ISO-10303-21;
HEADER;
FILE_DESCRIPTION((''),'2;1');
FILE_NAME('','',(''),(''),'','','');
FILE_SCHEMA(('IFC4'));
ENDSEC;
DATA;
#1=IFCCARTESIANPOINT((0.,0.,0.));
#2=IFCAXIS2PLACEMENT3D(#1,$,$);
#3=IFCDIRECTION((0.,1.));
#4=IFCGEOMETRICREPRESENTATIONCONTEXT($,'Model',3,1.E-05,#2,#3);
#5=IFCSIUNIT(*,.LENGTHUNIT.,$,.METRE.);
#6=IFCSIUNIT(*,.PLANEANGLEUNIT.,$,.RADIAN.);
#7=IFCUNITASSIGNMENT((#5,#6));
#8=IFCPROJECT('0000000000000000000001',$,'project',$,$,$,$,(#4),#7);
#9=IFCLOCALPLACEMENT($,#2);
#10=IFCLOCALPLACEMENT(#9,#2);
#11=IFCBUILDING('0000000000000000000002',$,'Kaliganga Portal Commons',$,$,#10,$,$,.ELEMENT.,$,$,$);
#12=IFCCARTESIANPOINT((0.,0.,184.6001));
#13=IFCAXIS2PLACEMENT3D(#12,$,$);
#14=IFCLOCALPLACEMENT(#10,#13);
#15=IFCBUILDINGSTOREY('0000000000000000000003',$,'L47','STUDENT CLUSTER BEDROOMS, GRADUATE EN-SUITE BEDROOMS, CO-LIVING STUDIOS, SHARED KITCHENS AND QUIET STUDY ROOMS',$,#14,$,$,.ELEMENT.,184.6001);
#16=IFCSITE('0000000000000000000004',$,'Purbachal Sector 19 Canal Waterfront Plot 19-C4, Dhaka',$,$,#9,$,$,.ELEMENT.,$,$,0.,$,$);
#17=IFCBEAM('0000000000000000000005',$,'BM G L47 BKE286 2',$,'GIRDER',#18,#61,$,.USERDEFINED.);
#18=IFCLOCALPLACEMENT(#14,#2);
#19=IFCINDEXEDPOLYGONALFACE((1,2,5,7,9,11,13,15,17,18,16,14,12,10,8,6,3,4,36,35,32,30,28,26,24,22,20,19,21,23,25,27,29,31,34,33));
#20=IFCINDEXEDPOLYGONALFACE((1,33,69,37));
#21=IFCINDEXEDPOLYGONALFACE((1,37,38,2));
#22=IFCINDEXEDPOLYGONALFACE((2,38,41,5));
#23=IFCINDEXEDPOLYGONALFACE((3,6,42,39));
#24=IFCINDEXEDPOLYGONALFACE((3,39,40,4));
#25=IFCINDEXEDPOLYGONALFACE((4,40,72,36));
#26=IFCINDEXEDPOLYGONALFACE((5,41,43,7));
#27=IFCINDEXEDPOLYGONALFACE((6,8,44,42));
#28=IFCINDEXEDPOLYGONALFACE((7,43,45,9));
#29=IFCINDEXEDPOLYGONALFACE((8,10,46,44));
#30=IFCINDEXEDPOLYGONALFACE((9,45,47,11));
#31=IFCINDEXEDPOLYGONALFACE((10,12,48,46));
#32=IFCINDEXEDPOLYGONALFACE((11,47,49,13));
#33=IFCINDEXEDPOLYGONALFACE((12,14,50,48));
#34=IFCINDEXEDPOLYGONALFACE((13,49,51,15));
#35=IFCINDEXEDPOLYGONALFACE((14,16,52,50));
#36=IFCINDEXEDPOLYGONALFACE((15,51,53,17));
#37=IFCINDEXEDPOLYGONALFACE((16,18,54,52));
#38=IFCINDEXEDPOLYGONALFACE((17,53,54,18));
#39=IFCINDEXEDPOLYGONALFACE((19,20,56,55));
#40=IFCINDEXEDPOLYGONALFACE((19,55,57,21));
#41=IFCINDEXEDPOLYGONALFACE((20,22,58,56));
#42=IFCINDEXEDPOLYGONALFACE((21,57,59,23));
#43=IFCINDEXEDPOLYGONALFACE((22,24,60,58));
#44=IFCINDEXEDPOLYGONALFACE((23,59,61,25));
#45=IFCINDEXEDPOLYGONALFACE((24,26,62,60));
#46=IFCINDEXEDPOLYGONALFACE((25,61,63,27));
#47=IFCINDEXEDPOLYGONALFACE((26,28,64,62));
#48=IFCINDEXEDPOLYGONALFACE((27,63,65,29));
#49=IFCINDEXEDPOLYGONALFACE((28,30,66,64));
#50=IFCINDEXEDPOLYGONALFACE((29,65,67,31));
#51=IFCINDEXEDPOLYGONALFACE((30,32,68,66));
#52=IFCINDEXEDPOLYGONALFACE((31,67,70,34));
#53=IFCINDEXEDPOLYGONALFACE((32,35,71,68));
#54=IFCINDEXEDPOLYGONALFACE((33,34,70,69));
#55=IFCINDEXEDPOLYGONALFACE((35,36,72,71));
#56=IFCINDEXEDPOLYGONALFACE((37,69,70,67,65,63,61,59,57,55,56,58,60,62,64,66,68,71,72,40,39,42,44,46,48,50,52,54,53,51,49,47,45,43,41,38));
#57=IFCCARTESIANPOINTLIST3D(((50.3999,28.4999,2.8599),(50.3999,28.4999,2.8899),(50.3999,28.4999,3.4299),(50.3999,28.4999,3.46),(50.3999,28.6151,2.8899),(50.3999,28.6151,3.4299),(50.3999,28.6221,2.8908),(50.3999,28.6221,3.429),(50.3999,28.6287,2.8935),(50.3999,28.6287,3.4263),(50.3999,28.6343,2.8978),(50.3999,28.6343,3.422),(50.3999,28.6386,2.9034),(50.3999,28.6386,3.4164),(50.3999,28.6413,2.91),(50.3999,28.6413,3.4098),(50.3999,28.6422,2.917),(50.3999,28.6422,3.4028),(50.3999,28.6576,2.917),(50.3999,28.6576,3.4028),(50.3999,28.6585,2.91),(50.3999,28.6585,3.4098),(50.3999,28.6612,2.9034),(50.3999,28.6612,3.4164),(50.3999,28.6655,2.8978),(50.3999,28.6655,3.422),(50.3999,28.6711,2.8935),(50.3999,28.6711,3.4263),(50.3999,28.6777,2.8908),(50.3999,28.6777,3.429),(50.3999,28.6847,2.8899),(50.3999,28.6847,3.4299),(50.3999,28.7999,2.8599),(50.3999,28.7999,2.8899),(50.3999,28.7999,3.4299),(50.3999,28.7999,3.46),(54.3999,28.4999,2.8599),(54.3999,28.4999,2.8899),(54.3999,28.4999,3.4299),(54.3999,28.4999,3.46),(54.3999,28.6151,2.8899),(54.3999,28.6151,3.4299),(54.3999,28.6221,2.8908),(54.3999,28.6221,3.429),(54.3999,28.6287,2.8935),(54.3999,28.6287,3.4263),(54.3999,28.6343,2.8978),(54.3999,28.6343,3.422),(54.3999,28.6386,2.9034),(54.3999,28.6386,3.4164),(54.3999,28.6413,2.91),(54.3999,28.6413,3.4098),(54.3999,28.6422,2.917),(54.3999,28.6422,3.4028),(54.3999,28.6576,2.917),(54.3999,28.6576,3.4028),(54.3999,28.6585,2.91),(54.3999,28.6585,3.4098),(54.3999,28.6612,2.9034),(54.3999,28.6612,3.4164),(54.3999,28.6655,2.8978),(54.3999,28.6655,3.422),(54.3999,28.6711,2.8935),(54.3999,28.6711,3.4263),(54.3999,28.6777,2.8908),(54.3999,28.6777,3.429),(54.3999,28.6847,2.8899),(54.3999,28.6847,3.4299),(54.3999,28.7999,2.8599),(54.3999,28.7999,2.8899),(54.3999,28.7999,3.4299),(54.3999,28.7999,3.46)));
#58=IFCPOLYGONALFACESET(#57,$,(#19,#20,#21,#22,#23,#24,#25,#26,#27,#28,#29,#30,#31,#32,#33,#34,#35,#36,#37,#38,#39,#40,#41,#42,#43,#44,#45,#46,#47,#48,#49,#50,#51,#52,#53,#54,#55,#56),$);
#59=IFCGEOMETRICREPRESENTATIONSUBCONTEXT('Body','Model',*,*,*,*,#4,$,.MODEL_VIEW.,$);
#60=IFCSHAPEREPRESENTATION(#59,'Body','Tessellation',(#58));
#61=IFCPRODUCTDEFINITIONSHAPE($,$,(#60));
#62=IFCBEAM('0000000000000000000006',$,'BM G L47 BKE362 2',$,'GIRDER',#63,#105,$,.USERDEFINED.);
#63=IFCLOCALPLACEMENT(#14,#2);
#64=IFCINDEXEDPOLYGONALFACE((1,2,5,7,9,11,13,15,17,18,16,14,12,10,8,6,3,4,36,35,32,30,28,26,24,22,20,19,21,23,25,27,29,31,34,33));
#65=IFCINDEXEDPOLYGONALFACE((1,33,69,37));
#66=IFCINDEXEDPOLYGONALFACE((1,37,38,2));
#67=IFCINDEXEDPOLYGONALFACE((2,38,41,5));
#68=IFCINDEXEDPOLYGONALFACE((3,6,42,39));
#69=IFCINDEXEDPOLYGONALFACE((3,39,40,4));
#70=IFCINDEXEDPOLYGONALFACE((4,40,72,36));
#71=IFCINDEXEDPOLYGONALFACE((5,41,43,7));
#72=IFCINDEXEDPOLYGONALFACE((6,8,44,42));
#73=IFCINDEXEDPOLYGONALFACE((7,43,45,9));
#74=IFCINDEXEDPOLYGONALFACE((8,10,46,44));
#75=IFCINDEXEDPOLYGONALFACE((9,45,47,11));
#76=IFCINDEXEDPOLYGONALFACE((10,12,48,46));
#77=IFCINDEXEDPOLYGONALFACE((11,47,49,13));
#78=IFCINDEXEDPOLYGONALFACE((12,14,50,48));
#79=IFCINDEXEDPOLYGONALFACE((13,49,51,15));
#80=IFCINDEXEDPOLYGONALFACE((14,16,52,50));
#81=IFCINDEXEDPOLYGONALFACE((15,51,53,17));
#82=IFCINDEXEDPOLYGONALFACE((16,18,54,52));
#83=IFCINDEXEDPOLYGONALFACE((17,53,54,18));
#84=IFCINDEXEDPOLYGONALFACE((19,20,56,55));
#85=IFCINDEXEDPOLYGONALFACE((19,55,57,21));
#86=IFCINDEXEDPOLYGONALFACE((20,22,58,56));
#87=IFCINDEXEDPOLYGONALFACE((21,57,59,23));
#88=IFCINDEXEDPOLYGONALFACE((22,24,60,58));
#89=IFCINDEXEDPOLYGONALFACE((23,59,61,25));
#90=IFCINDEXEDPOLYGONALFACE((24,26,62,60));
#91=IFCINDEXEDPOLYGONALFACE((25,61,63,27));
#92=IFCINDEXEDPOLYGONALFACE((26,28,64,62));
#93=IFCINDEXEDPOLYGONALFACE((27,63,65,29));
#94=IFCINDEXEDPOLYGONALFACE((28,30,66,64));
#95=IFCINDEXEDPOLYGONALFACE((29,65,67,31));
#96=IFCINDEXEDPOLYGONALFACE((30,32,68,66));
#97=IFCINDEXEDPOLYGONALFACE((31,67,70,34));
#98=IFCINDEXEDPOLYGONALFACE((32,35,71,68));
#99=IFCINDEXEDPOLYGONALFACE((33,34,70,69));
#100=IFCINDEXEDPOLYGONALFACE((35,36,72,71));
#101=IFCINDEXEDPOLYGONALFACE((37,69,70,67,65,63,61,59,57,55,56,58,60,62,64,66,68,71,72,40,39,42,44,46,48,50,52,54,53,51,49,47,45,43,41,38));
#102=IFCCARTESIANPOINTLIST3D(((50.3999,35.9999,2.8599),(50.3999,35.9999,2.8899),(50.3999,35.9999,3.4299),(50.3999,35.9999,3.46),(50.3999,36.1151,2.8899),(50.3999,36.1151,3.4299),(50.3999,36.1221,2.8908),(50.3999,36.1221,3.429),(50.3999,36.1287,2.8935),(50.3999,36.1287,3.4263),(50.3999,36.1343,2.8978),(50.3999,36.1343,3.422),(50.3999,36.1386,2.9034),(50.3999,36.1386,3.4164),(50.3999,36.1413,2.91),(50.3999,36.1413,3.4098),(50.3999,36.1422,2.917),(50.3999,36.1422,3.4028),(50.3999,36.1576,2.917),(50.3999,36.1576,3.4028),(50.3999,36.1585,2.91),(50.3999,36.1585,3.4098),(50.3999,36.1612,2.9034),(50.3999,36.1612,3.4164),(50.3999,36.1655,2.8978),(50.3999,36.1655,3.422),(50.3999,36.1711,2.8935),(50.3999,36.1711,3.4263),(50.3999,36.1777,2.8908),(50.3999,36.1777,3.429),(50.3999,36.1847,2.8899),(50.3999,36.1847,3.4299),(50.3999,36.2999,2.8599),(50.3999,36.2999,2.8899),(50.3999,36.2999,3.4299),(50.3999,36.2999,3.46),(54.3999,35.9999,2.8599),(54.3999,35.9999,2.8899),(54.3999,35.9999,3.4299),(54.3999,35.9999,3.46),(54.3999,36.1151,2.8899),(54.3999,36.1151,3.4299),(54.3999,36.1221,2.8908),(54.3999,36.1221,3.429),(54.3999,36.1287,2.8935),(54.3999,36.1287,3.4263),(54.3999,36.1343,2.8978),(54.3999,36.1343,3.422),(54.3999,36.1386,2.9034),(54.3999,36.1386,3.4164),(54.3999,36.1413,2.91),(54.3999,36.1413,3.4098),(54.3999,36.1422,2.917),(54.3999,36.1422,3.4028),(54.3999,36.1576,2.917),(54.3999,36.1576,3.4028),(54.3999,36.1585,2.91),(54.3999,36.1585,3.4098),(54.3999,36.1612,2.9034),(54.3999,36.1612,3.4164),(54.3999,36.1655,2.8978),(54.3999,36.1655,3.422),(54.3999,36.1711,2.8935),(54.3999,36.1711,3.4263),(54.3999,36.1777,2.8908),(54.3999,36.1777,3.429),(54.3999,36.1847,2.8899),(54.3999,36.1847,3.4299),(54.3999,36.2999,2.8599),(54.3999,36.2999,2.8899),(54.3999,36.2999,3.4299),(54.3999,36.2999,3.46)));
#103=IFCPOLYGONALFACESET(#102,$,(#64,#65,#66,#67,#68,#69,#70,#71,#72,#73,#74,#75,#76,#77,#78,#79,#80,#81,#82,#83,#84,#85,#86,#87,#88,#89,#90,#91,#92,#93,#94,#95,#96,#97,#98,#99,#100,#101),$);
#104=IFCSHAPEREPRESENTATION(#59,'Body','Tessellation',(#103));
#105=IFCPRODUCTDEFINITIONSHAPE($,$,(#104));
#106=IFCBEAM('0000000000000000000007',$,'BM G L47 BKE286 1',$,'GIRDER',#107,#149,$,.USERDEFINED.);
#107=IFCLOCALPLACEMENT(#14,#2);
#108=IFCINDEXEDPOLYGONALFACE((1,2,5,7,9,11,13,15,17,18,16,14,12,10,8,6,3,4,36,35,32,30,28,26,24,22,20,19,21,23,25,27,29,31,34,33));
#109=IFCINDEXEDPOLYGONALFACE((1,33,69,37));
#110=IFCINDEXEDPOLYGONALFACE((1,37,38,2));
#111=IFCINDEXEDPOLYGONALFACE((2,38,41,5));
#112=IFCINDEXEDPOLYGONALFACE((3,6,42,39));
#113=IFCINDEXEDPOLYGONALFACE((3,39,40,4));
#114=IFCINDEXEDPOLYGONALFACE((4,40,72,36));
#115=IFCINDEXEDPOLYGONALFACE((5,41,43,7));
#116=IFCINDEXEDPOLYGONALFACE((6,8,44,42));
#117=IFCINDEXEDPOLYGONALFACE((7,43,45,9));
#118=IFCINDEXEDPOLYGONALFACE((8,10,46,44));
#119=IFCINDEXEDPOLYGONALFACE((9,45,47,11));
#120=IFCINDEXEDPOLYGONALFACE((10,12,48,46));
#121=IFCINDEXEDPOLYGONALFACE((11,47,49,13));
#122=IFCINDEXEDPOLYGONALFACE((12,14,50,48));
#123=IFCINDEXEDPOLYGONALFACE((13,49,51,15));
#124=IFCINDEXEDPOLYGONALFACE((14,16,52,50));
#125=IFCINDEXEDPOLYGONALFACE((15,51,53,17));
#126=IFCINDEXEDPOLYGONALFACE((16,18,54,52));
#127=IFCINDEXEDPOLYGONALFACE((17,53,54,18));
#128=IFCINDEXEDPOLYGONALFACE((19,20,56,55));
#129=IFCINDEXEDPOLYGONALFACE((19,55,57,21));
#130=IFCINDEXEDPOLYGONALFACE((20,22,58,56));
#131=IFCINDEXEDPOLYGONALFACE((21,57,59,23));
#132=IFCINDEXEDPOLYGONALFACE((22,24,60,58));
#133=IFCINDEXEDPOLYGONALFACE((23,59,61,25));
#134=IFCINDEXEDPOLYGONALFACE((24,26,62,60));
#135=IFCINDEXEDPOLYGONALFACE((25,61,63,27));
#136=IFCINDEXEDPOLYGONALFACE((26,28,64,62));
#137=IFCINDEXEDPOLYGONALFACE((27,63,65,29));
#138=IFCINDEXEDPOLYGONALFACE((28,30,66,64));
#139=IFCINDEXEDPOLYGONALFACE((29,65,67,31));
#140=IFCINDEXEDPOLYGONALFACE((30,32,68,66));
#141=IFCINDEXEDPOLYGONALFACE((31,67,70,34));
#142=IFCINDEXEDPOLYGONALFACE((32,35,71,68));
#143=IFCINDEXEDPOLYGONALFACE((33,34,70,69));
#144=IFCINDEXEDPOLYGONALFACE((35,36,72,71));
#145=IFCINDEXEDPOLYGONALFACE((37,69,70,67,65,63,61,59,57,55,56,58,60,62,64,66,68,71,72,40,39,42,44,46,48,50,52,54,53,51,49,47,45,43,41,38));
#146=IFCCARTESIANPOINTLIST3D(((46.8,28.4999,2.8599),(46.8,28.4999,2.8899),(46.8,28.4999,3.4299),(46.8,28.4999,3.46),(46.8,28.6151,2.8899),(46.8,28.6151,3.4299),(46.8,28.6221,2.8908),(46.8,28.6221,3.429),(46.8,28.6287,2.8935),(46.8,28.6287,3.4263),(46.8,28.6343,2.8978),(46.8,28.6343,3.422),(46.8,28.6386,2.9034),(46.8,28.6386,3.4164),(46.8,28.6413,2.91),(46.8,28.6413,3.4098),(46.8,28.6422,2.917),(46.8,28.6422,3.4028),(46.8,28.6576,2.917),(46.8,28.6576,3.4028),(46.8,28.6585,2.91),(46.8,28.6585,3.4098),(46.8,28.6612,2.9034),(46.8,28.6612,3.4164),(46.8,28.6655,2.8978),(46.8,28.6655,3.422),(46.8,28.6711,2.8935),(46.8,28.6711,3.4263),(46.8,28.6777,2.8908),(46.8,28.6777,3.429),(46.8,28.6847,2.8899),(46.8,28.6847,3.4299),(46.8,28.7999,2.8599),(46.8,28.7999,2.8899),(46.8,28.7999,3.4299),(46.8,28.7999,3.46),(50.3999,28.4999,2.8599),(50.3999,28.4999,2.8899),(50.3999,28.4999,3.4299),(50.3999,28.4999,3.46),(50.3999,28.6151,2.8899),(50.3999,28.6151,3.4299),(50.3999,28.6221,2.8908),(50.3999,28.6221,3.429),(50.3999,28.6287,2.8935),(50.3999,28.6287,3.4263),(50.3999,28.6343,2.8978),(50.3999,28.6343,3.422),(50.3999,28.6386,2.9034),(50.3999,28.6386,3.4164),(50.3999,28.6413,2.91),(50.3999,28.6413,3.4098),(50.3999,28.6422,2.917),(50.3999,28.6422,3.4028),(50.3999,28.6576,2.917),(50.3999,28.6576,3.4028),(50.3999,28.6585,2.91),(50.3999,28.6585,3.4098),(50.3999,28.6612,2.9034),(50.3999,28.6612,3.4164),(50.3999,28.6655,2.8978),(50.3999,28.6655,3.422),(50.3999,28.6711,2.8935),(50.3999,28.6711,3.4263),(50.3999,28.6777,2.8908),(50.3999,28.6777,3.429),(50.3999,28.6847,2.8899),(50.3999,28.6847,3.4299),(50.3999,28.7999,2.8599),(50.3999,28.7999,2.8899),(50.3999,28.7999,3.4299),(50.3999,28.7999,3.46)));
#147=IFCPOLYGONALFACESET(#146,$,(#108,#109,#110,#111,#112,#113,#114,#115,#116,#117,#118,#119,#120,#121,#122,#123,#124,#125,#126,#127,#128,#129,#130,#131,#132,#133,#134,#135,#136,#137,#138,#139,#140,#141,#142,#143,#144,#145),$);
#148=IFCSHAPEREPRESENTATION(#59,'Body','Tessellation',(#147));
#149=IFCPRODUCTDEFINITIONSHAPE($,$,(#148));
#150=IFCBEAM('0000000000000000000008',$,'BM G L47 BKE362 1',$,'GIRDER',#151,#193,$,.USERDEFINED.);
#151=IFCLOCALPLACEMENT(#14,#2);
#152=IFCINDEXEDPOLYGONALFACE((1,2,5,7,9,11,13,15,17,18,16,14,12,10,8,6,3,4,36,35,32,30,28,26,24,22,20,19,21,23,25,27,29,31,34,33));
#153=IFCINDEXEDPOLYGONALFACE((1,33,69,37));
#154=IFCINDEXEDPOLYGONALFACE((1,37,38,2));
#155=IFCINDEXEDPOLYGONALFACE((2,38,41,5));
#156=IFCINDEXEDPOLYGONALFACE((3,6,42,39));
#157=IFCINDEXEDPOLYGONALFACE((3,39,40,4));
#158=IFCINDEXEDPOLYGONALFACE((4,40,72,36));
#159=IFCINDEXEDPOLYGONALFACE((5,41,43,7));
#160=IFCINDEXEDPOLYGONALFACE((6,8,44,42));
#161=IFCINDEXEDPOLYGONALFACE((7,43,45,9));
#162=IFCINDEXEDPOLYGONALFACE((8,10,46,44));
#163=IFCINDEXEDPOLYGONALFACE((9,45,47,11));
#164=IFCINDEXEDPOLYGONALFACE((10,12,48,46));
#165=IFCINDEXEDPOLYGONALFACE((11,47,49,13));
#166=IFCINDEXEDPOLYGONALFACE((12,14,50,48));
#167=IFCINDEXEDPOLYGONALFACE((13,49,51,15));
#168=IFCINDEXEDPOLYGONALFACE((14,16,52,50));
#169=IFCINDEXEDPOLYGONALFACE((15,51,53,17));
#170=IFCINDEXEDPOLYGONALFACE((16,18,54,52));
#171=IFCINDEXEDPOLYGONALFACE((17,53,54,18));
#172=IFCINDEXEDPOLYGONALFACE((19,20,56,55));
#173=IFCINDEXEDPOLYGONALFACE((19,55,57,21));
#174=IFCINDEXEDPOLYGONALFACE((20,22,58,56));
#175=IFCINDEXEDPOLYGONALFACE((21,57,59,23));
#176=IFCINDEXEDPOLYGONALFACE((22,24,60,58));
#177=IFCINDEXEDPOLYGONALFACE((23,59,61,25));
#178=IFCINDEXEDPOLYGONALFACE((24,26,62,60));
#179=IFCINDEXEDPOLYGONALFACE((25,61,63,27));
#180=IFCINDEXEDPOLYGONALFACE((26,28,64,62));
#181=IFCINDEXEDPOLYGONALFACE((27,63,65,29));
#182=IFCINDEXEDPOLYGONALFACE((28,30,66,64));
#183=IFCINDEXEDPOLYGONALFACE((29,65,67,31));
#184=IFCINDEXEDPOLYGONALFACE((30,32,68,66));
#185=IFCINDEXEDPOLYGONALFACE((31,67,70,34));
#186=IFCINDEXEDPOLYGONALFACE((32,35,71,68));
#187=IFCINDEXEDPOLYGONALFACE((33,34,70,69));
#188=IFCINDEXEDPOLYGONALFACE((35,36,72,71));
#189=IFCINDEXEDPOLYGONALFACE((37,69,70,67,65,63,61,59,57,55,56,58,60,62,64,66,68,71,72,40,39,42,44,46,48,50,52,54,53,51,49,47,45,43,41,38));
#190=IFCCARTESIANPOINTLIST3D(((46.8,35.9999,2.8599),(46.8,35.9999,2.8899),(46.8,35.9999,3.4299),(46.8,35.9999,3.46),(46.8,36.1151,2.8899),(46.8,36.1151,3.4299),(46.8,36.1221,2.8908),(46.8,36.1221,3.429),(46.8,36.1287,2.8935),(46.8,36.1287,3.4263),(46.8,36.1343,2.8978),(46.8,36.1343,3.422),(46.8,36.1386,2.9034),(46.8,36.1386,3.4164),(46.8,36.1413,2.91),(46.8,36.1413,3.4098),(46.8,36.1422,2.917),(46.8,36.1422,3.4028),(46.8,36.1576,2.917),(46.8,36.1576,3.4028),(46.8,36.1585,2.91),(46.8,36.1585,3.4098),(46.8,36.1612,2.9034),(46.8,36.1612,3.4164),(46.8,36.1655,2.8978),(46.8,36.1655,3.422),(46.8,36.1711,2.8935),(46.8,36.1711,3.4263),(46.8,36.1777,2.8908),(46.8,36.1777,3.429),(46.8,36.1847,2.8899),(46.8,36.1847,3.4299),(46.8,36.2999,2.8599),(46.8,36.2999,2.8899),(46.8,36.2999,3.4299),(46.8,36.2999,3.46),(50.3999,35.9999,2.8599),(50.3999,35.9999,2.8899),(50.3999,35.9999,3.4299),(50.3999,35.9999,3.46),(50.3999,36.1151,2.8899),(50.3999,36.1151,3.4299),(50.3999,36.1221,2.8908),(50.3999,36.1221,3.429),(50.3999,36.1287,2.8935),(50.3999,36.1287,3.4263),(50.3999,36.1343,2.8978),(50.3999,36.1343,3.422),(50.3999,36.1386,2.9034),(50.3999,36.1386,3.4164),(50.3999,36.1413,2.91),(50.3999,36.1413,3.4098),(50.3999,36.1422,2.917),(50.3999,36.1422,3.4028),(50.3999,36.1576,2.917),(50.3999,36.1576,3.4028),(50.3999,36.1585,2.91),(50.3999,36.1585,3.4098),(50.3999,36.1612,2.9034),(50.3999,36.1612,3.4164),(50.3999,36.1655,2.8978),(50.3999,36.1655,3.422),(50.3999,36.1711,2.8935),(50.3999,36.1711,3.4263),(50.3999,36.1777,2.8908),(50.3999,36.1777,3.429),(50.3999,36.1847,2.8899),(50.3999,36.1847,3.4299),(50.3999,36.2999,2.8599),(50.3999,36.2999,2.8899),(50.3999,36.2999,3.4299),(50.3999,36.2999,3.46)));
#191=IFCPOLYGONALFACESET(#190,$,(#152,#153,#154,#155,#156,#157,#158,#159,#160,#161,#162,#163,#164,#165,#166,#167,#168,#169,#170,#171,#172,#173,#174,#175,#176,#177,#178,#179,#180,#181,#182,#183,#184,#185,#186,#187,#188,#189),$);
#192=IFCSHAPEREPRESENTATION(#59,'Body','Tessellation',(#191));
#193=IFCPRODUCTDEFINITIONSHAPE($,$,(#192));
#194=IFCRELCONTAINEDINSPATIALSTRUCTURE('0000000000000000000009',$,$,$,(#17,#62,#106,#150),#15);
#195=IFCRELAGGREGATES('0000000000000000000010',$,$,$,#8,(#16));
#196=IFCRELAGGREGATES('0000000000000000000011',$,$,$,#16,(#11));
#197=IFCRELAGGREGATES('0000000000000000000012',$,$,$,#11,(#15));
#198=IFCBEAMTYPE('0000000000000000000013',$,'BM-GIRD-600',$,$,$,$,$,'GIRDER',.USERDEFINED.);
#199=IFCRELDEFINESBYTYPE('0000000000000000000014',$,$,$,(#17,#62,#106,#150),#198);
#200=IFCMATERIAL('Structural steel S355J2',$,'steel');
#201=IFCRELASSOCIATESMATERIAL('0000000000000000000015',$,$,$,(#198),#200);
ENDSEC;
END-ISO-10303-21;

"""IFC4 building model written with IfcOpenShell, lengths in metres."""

from ifc_helpers import new_model, si_unit, direction, frame, origin, origin_2d, place, context, subcontext, project, spatial, i_section, extrude, source, transform, mapped, material, material_profile, profile_set, type_object, element, save


model = new_model("IFC4")

# Units and contexts
model_context = context("Model", 3, precision=1e-05, world=origin(), true_north=direction((0.0, 1.0)))
body_context = subcontext(model_context, "Body", "Model", "MODEL_VIEW")
ifc_project = project(units=[si_unit("LENGTHUNIT", "METRE"), si_unit("PLANEANGLEUNIT", "RADIAN")], contexts=[model_context])

# Site, building, storey
site_placement = place(None, origin())
site = spatial("IfcSite", under=ifc_project, at=site_placement, Name="Purbachal Sector 19 Canal Waterfront Plot 19-C4, Dhaka", CompositionType="ELEMENT", RefElevation=0.0)
building_placement = place(site_placement, origin())
building = spatial("IfcBuilding", under=site, at=building_placement, Name="Kaliganga Portal Commons", CompositionType="ELEMENT")
storey_placement = place(building_placement, frame((0.0, 0.0, 184.6001)))
storey = spatial("IfcBuildingStorey", under=building, at=storey_placement, Name="L47", Description="STUDENT CLUSTER BEDROOMS, GRADUATE EN-SUITE BEDROOMS, CO-LIVING STUDIOS, SHARED KITCHENS AND QUIET STUDY ROOMS", CompositionType="ELEMENT", Elevation=184.6001)

# Beams
ifc_material_1 = material(Name="Structural steel S355J2", Category="steel")
ifc_material_profile_1 = material_profile(ifc_material_1, i_section(OverallWidth=0.3, OverallDepth=0.6001, WebThickness=0.0154, FlangeThickness=0.03, FilletRadius=0.0271, at=origin_2d()), Name="HE 600 B")
ifc_profile_set_1 = profile_set([ifc_material_profile_1], Name="Structural steel S355J2 wide-flange")
beam_type_1 = type_object("IfcBeamType", Name="BM-GIRD-600", ElementType="GIRDER", PredefinedType="USERDEFINED", material=ifc_profile_set_1)
shared_shape_1 = source(origin(), body_context, "Body", "SweptSolid", [
    extrude(i_section(OverallWidth=0.3, OverallDepth=0.6001, WebThickness=0.0154, FlangeThickness=0.03, FilletRadius=0.0271, at=origin_2d()), origin(), (0.0, 0.0, 1.0), 4.0),
])
for number, where, z_axis, x_axis, name in (
    (1, (50.3999, 28.6499, 3.1599), (1.0, 0.0, 0.0), (0.0, 1.0, 0.0), "BM G L47 BKE286 2"),
    (2, (50.3999, 36.1499, 3.1599), (1.0, 0.0, 0.0), (0.0, 1.0, 0.0), "BM G L47 BKE362 2"),
):
    element("IfcBeam", number, at=place(storey_placement, frame(where, z_axis=z_axis, x_axis=x_axis)), inside=storey, type_object=beam_type_1, Name=name, ObjectType="GIRDER", PredefinedType="USERDEFINED", context=body_context, shape_type="MappedRepresentation", body=[
        mapped(shared_shape_1, transform((0.0, 0.0, 0.0), x_axis=(1.0, 0.0, 0.0), y_axis=(0.0, 1.0, 0.0), z_axis=(0.0, 0.0, 1.0), scale=1.0)),
    ])
shared_shape_2 = source(origin(), body_context, "Body", "SweptSolid", [
    extrude(i_section(OverallWidth=0.3, OverallDepth=0.6001, WebThickness=0.0154, FlangeThickness=0.03, FilletRadius=0.0271, at=origin_2d()), origin(), (0.0, 0.0, 1.0), 3.5999),
])
for number, where, z_axis, x_axis, name in (
    (3, (46.8, 28.6499, 3.1599), (1.0, 0.0, 0.0), (0.0, 1.0, 0.0), "BM G L47 BKE286 1"),
    (4, (46.8, 36.1499, 3.1599), (1.0, 0.0, 0.0), (0.0, 1.0, 0.0), "BM G L47 BKE362 1"),
):
    element("IfcBeam", number, at=place(storey_placement, frame(where, z_axis=z_axis, x_axis=x_axis)), inside=storey, type_object=beam_type_1, Name=name, ObjectType="GIRDER", PredefinedType="USERDEFINED", context=body_context, shape_type="MappedRepresentation", body=[
        mapped(shared_shape_2, transform((0.0, 0.0, 0.0), x_axis=(1.0, 0.0, 0.0), y_axis=(0.0, 1.0, 0.0), z_axis=(0.0, 0.0, 1.0), scale=1.0)),
    ])

save(model, "model.ifc")
